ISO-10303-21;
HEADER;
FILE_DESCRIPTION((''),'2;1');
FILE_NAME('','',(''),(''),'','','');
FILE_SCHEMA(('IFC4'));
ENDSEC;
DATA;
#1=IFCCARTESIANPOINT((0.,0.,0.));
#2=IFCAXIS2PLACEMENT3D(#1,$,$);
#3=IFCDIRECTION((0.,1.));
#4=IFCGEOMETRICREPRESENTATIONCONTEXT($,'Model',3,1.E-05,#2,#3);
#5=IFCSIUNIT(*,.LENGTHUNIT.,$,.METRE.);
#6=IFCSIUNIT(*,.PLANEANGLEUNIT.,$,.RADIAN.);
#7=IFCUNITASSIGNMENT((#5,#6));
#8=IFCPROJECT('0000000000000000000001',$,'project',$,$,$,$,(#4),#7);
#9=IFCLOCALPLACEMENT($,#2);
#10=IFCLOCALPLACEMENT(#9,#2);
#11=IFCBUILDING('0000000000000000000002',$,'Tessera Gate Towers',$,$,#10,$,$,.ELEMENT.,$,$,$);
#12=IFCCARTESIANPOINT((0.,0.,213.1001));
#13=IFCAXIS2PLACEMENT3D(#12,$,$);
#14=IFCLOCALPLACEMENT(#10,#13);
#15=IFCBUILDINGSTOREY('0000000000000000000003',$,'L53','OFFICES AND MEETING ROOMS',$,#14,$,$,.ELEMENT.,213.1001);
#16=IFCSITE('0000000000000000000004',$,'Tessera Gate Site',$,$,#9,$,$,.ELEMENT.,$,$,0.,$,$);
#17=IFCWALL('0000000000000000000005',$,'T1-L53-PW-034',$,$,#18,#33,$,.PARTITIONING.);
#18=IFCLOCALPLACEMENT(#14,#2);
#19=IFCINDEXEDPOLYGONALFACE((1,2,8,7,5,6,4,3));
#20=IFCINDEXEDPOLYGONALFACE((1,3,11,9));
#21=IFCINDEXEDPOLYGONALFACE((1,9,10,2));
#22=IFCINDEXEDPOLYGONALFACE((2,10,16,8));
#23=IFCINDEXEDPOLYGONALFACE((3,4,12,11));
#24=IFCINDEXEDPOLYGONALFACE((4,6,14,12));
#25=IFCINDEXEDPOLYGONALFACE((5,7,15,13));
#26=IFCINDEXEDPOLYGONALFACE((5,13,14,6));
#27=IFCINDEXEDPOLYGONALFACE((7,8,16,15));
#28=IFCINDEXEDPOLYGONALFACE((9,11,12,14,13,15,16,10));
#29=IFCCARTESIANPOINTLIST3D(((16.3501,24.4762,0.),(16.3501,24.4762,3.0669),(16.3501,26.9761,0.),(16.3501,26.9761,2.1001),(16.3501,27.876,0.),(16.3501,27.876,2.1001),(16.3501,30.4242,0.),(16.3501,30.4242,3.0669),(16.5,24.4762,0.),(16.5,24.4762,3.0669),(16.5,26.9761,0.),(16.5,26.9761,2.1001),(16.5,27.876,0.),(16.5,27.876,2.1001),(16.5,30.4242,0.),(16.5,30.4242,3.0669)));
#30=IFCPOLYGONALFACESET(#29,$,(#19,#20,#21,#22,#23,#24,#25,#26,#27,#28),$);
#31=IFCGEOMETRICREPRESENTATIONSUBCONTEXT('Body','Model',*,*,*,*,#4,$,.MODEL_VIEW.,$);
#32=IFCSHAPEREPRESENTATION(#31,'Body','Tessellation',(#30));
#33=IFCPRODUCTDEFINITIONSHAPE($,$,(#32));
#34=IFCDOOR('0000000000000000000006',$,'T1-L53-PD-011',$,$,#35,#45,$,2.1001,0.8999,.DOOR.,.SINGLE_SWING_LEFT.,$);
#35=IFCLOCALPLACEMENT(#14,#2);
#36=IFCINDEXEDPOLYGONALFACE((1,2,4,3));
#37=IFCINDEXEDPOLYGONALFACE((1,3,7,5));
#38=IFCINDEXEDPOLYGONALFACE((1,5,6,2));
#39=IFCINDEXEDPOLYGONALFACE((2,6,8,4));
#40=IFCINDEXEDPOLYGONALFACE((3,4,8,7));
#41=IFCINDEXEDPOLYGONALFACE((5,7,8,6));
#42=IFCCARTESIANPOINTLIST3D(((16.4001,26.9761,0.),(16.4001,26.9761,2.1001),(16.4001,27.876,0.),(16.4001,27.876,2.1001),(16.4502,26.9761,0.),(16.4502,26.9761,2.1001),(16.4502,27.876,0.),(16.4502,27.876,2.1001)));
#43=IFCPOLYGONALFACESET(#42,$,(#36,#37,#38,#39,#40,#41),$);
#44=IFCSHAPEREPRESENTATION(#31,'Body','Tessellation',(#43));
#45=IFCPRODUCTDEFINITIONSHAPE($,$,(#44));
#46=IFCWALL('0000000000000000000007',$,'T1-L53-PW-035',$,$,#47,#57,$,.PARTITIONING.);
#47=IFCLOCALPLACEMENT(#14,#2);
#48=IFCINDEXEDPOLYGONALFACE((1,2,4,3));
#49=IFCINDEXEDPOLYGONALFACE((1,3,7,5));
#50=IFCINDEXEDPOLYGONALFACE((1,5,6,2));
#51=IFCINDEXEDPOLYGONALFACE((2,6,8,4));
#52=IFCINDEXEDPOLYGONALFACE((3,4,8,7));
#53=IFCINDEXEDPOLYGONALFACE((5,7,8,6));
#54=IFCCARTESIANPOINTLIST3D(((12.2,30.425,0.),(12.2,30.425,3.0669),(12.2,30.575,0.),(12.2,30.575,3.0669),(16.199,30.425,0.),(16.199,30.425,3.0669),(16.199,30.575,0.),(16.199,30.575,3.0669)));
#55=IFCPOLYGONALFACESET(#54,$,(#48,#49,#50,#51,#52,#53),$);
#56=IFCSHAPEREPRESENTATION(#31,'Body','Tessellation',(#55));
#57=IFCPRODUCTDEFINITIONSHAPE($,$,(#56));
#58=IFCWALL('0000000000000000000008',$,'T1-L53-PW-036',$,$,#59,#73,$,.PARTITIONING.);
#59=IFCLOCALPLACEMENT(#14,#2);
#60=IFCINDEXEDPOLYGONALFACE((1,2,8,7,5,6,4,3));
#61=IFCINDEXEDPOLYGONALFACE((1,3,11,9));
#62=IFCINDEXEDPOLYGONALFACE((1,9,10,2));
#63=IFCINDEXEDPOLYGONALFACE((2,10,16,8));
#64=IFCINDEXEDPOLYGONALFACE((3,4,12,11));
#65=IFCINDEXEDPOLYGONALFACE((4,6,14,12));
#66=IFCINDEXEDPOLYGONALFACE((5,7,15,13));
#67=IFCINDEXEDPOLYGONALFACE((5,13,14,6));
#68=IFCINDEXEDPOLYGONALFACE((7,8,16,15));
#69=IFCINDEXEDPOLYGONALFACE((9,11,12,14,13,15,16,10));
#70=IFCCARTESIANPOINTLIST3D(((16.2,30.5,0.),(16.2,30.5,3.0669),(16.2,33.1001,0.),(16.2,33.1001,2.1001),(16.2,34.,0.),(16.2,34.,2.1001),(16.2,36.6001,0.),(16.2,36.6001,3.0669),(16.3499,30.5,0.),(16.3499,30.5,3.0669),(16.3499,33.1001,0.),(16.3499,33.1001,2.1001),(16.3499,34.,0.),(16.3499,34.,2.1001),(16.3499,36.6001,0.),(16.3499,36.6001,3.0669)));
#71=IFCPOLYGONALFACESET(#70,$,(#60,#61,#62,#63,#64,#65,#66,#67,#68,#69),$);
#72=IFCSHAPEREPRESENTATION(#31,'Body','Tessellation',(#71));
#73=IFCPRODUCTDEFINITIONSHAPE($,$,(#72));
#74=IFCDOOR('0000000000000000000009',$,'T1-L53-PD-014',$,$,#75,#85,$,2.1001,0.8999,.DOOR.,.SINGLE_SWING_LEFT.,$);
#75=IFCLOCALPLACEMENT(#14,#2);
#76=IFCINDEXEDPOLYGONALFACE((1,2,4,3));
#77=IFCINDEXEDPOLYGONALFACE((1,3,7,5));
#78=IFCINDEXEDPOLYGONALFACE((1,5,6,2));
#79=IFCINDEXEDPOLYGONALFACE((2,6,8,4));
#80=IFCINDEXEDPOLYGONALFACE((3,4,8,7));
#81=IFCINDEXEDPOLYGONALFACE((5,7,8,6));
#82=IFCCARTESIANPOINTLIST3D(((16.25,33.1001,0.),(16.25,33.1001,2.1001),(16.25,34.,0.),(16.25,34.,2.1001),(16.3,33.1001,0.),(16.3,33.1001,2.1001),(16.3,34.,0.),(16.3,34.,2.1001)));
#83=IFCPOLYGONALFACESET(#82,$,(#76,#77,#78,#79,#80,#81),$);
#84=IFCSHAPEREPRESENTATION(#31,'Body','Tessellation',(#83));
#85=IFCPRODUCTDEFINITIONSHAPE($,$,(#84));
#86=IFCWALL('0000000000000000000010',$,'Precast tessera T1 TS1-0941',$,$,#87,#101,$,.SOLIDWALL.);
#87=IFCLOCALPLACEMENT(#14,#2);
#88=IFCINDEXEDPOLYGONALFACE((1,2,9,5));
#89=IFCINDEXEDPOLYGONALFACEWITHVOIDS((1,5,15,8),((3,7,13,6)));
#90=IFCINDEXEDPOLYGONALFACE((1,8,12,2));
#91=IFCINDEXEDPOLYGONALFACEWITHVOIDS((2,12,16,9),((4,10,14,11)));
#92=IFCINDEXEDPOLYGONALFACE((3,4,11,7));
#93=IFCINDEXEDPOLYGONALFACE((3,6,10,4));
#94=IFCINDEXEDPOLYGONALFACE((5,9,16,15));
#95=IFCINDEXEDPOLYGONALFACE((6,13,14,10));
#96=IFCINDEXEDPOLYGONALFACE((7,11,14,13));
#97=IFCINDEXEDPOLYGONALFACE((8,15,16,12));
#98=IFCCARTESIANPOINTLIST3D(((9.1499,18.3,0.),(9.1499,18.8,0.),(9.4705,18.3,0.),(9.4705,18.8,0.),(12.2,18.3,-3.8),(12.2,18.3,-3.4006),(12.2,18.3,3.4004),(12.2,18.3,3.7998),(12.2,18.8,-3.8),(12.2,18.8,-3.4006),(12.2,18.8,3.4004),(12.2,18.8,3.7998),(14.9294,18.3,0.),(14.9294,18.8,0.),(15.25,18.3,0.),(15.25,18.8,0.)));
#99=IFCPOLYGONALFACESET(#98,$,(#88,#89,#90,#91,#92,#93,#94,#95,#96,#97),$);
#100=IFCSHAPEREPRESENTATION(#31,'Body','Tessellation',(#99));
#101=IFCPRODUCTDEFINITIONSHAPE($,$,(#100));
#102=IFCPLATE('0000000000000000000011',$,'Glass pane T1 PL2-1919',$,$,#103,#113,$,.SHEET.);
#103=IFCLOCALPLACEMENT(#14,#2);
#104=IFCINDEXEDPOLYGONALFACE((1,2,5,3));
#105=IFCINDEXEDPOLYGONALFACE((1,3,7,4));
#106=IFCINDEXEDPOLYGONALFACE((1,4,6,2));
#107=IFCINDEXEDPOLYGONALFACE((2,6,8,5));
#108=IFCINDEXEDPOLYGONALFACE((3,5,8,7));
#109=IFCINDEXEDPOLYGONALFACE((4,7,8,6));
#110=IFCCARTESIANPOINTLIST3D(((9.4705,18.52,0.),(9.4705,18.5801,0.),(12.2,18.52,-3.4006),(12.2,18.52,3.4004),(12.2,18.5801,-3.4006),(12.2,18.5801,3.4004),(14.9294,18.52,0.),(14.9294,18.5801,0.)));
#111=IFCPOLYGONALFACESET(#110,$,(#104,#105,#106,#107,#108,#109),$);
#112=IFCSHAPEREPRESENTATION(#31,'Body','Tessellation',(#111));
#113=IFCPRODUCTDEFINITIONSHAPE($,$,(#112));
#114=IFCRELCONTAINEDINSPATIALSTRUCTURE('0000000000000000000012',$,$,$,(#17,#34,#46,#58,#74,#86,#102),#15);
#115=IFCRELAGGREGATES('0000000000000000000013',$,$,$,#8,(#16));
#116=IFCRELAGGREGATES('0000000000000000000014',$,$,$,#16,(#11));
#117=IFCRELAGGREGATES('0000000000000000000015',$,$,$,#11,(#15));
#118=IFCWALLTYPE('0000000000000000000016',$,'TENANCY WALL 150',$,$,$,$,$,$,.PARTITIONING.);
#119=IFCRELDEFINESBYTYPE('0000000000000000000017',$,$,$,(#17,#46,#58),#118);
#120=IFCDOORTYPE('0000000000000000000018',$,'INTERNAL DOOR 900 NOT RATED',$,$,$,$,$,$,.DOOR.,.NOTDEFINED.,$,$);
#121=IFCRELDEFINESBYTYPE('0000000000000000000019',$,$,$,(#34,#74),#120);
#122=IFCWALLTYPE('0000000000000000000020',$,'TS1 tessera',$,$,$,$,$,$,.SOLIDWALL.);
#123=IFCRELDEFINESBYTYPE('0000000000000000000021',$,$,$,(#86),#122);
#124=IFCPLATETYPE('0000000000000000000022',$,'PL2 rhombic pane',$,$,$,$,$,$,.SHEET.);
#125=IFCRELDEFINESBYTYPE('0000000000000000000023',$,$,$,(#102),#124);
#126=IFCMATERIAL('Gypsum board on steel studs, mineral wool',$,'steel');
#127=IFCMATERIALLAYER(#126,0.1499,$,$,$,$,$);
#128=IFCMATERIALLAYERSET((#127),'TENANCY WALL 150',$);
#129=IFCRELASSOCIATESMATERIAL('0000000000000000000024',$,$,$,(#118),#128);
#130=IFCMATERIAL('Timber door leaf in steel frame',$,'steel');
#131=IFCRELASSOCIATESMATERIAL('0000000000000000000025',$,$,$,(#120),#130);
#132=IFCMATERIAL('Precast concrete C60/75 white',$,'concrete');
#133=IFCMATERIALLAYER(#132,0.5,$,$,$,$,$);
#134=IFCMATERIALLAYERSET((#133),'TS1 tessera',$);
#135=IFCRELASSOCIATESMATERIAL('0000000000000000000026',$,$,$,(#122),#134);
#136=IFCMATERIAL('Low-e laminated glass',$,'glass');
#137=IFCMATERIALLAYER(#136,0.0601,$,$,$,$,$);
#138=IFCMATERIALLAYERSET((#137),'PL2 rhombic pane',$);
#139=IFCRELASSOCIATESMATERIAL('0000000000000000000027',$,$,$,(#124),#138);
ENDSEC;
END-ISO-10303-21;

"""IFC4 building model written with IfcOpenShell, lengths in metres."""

from ifc_helpers import new_model, si_unit, direction, frame, frame_2d, origin, place, context, subcontext, project, spatial, polyline, rectangle, outline, extrude, source, transform, mapped, material, layer, layer_set, type_object, element, fill, save


model = new_model("IFC4")

# Units and contexts
model_context = context("Model", 3, precision=1e-05, world=origin(), true_north=direction((0.0, 1.0)))
body_context = subcontext(model_context, "Body", "Model", "MODEL_VIEW")
ifc_project = project(units=[si_unit("LENGTHUNIT", "METRE"), si_unit("PLANEANGLEUNIT", "RADIAN")], contexts=[model_context])

# Site, building, storey
site_placement = place(None, origin())
site = spatial("IfcSite", under=ifc_project, at=site_placement, Name="Tessera Gate Site", CompositionType="ELEMENT", RefElevation=0.0)
building_placement = place(site_placement, origin())
building = spatial("IfcBuilding", under=site, at=building_placement, Name="Tessera Gate Towers", CompositionType="ELEMENT")
storey_placement = place(building_placement, frame((0.0, 0.0, 213.1001)))
storey = spatial("IfcBuildingStorey", under=building, at=storey_placement, Name="L53", Description="OFFICES AND MEETING ROOMS", CompositionType="ELEMENT", Elevation=213.1001)

# Shared definitions
shared_shape_1 = source(origin(), body_context, "Body", "SweptSolid", [
    extrude(rectangle(XDim=0.8999, YDim=2.1001, at=frame_2d((0.45, 1.05))), frame((0.0, 0.0249, 0.0), z_axis=(0.0, -1.0, 0.0), x_axis=(1.0, 0.0, 0.0)), (0.0, 0.0, 1.0), 0.05),
])

# Shared definitions
ifc_material_1 = material(Name="Gypsum board on steel studs, mineral wool", Category="steel")
ifc_layer_1 = layer(ifc_material_1, 0.1499)
ifc_layer_set_1 = layer_set([ifc_layer_1], Name="TENANCY WALL 150")
wall_type_1 = type_object("IfcWallType", Name="TENANCY WALL 150", PredefinedType="PARTITIONING", material=ifc_layer_set_1)

# Wall, opening, door
wall_1_placement = place(storey_placement, frame((16.425, 24.4761, 0.0), z_axis=(0.0, 0.0, 1.0), x_axis=(0.0, 1.0, 0.0)))
wall_1 = element("IfcWall", 1, at=wall_1_placement, inside=storey, type_object=wall_type_1, Name="T1-L53-PW-034", PredefinedType="PARTITIONING", context=body_context, shape_type="SweptSolid", body=[
    extrude(rectangle(XDim=5.948, YDim=0.1499, at=frame_2d((2.9741, 0.0))), origin(), (0.0, 0.0, 1.0), 3.0669),
])
shared_shape_2 = source(origin(), body_context, "Body", "SweptSolid", [
    extrude(rectangle(XDim=0.8999, YDim=2.1001, at=frame_2d((0.45, 1.05))), frame((0.0, 0.085, 0.0), z_axis=(0.0, -1.0, 0.0), x_axis=(1.0, 0.0, 0.0)), (0.0, 0.0, 1.0), 0.1699),
])
opening_1_placement = place(wall_1_placement, frame((2.5, 0.0, 0.0)))
opening_1 = element("IfcOpeningElement", 2, at=opening_1_placement, cuts=wall_1, PredefinedType="OPENING", context=body_context, shape_type="MappedRepresentation", body=[
    mapped(shared_shape_2, transform((0.0, 0.0, 0.0), scale=1.0)),
])
ifc_material_2 = material(Name="Timber door leaf in steel frame", Category="steel")
door_type_1 = type_object("IfcDoorType", Name="INTERNAL DOOR 900 NOT RATED", OperationType="NOTDEFINED", PredefinedType="DOOR", material=ifc_material_2)
door_1_placement = place(opening_1_placement, origin())
door_1 = element("IfcDoor", 3, at=door_1_placement, inside=storey, type_object=door_type_1, Name="T1-L53-PD-011", OperationType="SINGLE_SWING_LEFT", OverallHeight=2.1001, OverallWidth=0.8999, PredefinedType="DOOR", context=body_context, shape_type="MappedRepresentation", body=[
    mapped(shared_shape_1, transform((0.0, 0.0, 0.0), scale=1.0)),
])
fill(opening_1, door_1)

# Wall
wall_2_placement = place(storey_placement, frame((12.2, 30.5, 0.0), z_axis=(0.0, 0.0, 1.0), x_axis=(1.0, 0.0, 0.0)))
element("IfcWall", 4, at=wall_2_placement, inside=storey, type_object=wall_type_1, Name="T1-L53-PW-035", PredefinedType="PARTITIONING", context=body_context, shape_type="SweptSolid", body=[
    extrude(rectangle(XDim=3.999, YDim=0.1499, at=frame_2d((1.9995, 0.0))), origin(), (0.0, 0.0, 1.0), 3.0669),
])

# Wall, opening, door
wall_3_placement = place(storey_placement, frame((16.2749, 30.5, 0.0), z_axis=(0.0, 0.0, 1.0), x_axis=(0.0, 1.0, 0.0)))
wall_3 = element("IfcWall", 5, at=wall_3_placement, inside=storey, type_object=wall_type_1, Name="T1-L53-PW-036", PredefinedType="PARTITIONING", context=body_context, shape_type="SweptSolid", body=[
    extrude(rectangle(XDim=6.1001, YDim=0.1499, at=frame_2d((3.05, 0.0))), origin(), (0.0, 0.0, 1.0), 3.0669),
])
opening_2_placement = place(wall_3_placement, frame((2.6001, 0.0, 0.0)))
opening_2 = element("IfcOpeningElement", 6, at=opening_2_placement, cuts=wall_3, PredefinedType="OPENING", context=body_context, shape_type="MappedRepresentation", body=[
    mapped(shared_shape_2, transform((0.0, 0.0, 0.0), scale=1.0)),
])
door_2_placement = place(opening_2_placement, origin())
door_2 = element("IfcDoor", 7, at=door_2_placement, inside=storey, type_object=door_type_1, Name="T1-L53-PD-014", OperationType="SINGLE_SWING_LEFT", OverallHeight=2.1001, OverallWidth=0.8999, PredefinedType="DOOR", context=body_context, shape_type="MappedRepresentation", body=[
    mapped(shared_shape_1, transform((0.0, 0.0, 0.0), scale=1.0)),
])
fill(opening_2, door_2)

# Wall, opening, plate
ifc_material_3 = material(Name="Precast concrete C60/75 white", Category="concrete")
ifc_layer_2 = layer(ifc_material_3, 0.5)
ifc_layer_set_2 = layer_set([ifc_layer_2], Name="TS1 tessera")
wall_type_2 = type_object("IfcWallType", Name="TS1 tessera", PredefinedType="SOLIDWALL", material=ifc_layer_set_2)
shared_shape_3 = source(origin(), body_context, "Body", "SweptSolid", [
    extrude(outline(polyline([(3.05, 0.0), (6.1001, 3.8), (3.05, 7.5999), (0.0, 3.8), (3.05, 0.0)])), frame((0.0, 0.25, 0.0), z_axis=(0.0, -1.0, 0.0), x_axis=(1.0, 0.0, 0.0)), (0.0, 0.0, 1.0), 0.5),
])
wall_4_placement = place(storey_placement, frame((9.1499, 18.55, -3.8), z_axis=(0.0, 0.0, 1.0), x_axis=(1.0, 0.0, 0.0)))
wall_4 = element("IfcWall", 8, at=wall_4_placement, inside=storey, type_object=wall_type_2, Name="Precast tessera T1 TS1-0941", PredefinedType="SOLIDWALL", context=body_context, shape_type="MappedRepresentation", body=[
    mapped(shared_shape_3, transform((0.0, 0.0, 0.0), scale=1.0)),
])
shared_shape_4 = source(origin(), body_context, "Body", "SweptSolid", [
    extrude(outline(polyline([(3.05, 0.3994), (5.7795, 3.8), (3.05, 7.2004), (0.3206, 3.8), (3.05, 0.3994)])), frame((0.0, 0.26, 0.0), z_axis=(0.0, -1.0, 0.0), x_axis=(1.0, 0.0, 0.0)), (0.0, 0.0, 1.0), 0.52),
])
opening_3_placement = place(wall_4_placement, origin())
opening_3 = element("IfcOpeningElement", 9, at=opening_3_placement, cuts=wall_4, PredefinedType="OPENING", context=body_context, shape_type="MappedRepresentation", body=[
    mapped(shared_shape_4, transform((0.0, 0.0, 0.0), scale=1.0)),
])
ifc_material_4 = material(Name="Low-e laminated glass", Category="glass")
ifc_layer_3 = layer(ifc_material_4, 0.0601)
ifc_layer_set_3 = layer_set([ifc_layer_3], Name="PL2 rhombic pane")
plate_type = type_object("IfcPlateType", Name="PL2 rhombic pane", PredefinedType="SHEET", material=ifc_layer_set_3)
shared_shape_5 = source(origin(), body_context, "Body", "SweptSolid", [
    extrude(outline(polyline([(3.05, 0.3994), (5.7795, 3.8), (3.05, 7.2004), (0.3206, 3.8), (3.05, 0.3994)])), frame((0.0, 0.03, 0.0), z_axis=(0.0, -1.0, 0.0), x_axis=(1.0, 0.0, 0.0)), (0.0, 0.0, 1.0), 0.0601),
])
plate_placement = place(opening_3_placement, origin())
plate = element("IfcPlate", 10, at=plate_placement, inside=storey, type_object=plate_type, Name="Glass pane T1 PL2-1919", PredefinedType="SHEET", context=body_context, shape_type="MappedRepresentation", body=[
    mapped(shared_shape_5, transform((0.0, 0.0, 0.0), scale=1.0)),
])
fill(opening_3, plate)

save(model, "model.ifc")
